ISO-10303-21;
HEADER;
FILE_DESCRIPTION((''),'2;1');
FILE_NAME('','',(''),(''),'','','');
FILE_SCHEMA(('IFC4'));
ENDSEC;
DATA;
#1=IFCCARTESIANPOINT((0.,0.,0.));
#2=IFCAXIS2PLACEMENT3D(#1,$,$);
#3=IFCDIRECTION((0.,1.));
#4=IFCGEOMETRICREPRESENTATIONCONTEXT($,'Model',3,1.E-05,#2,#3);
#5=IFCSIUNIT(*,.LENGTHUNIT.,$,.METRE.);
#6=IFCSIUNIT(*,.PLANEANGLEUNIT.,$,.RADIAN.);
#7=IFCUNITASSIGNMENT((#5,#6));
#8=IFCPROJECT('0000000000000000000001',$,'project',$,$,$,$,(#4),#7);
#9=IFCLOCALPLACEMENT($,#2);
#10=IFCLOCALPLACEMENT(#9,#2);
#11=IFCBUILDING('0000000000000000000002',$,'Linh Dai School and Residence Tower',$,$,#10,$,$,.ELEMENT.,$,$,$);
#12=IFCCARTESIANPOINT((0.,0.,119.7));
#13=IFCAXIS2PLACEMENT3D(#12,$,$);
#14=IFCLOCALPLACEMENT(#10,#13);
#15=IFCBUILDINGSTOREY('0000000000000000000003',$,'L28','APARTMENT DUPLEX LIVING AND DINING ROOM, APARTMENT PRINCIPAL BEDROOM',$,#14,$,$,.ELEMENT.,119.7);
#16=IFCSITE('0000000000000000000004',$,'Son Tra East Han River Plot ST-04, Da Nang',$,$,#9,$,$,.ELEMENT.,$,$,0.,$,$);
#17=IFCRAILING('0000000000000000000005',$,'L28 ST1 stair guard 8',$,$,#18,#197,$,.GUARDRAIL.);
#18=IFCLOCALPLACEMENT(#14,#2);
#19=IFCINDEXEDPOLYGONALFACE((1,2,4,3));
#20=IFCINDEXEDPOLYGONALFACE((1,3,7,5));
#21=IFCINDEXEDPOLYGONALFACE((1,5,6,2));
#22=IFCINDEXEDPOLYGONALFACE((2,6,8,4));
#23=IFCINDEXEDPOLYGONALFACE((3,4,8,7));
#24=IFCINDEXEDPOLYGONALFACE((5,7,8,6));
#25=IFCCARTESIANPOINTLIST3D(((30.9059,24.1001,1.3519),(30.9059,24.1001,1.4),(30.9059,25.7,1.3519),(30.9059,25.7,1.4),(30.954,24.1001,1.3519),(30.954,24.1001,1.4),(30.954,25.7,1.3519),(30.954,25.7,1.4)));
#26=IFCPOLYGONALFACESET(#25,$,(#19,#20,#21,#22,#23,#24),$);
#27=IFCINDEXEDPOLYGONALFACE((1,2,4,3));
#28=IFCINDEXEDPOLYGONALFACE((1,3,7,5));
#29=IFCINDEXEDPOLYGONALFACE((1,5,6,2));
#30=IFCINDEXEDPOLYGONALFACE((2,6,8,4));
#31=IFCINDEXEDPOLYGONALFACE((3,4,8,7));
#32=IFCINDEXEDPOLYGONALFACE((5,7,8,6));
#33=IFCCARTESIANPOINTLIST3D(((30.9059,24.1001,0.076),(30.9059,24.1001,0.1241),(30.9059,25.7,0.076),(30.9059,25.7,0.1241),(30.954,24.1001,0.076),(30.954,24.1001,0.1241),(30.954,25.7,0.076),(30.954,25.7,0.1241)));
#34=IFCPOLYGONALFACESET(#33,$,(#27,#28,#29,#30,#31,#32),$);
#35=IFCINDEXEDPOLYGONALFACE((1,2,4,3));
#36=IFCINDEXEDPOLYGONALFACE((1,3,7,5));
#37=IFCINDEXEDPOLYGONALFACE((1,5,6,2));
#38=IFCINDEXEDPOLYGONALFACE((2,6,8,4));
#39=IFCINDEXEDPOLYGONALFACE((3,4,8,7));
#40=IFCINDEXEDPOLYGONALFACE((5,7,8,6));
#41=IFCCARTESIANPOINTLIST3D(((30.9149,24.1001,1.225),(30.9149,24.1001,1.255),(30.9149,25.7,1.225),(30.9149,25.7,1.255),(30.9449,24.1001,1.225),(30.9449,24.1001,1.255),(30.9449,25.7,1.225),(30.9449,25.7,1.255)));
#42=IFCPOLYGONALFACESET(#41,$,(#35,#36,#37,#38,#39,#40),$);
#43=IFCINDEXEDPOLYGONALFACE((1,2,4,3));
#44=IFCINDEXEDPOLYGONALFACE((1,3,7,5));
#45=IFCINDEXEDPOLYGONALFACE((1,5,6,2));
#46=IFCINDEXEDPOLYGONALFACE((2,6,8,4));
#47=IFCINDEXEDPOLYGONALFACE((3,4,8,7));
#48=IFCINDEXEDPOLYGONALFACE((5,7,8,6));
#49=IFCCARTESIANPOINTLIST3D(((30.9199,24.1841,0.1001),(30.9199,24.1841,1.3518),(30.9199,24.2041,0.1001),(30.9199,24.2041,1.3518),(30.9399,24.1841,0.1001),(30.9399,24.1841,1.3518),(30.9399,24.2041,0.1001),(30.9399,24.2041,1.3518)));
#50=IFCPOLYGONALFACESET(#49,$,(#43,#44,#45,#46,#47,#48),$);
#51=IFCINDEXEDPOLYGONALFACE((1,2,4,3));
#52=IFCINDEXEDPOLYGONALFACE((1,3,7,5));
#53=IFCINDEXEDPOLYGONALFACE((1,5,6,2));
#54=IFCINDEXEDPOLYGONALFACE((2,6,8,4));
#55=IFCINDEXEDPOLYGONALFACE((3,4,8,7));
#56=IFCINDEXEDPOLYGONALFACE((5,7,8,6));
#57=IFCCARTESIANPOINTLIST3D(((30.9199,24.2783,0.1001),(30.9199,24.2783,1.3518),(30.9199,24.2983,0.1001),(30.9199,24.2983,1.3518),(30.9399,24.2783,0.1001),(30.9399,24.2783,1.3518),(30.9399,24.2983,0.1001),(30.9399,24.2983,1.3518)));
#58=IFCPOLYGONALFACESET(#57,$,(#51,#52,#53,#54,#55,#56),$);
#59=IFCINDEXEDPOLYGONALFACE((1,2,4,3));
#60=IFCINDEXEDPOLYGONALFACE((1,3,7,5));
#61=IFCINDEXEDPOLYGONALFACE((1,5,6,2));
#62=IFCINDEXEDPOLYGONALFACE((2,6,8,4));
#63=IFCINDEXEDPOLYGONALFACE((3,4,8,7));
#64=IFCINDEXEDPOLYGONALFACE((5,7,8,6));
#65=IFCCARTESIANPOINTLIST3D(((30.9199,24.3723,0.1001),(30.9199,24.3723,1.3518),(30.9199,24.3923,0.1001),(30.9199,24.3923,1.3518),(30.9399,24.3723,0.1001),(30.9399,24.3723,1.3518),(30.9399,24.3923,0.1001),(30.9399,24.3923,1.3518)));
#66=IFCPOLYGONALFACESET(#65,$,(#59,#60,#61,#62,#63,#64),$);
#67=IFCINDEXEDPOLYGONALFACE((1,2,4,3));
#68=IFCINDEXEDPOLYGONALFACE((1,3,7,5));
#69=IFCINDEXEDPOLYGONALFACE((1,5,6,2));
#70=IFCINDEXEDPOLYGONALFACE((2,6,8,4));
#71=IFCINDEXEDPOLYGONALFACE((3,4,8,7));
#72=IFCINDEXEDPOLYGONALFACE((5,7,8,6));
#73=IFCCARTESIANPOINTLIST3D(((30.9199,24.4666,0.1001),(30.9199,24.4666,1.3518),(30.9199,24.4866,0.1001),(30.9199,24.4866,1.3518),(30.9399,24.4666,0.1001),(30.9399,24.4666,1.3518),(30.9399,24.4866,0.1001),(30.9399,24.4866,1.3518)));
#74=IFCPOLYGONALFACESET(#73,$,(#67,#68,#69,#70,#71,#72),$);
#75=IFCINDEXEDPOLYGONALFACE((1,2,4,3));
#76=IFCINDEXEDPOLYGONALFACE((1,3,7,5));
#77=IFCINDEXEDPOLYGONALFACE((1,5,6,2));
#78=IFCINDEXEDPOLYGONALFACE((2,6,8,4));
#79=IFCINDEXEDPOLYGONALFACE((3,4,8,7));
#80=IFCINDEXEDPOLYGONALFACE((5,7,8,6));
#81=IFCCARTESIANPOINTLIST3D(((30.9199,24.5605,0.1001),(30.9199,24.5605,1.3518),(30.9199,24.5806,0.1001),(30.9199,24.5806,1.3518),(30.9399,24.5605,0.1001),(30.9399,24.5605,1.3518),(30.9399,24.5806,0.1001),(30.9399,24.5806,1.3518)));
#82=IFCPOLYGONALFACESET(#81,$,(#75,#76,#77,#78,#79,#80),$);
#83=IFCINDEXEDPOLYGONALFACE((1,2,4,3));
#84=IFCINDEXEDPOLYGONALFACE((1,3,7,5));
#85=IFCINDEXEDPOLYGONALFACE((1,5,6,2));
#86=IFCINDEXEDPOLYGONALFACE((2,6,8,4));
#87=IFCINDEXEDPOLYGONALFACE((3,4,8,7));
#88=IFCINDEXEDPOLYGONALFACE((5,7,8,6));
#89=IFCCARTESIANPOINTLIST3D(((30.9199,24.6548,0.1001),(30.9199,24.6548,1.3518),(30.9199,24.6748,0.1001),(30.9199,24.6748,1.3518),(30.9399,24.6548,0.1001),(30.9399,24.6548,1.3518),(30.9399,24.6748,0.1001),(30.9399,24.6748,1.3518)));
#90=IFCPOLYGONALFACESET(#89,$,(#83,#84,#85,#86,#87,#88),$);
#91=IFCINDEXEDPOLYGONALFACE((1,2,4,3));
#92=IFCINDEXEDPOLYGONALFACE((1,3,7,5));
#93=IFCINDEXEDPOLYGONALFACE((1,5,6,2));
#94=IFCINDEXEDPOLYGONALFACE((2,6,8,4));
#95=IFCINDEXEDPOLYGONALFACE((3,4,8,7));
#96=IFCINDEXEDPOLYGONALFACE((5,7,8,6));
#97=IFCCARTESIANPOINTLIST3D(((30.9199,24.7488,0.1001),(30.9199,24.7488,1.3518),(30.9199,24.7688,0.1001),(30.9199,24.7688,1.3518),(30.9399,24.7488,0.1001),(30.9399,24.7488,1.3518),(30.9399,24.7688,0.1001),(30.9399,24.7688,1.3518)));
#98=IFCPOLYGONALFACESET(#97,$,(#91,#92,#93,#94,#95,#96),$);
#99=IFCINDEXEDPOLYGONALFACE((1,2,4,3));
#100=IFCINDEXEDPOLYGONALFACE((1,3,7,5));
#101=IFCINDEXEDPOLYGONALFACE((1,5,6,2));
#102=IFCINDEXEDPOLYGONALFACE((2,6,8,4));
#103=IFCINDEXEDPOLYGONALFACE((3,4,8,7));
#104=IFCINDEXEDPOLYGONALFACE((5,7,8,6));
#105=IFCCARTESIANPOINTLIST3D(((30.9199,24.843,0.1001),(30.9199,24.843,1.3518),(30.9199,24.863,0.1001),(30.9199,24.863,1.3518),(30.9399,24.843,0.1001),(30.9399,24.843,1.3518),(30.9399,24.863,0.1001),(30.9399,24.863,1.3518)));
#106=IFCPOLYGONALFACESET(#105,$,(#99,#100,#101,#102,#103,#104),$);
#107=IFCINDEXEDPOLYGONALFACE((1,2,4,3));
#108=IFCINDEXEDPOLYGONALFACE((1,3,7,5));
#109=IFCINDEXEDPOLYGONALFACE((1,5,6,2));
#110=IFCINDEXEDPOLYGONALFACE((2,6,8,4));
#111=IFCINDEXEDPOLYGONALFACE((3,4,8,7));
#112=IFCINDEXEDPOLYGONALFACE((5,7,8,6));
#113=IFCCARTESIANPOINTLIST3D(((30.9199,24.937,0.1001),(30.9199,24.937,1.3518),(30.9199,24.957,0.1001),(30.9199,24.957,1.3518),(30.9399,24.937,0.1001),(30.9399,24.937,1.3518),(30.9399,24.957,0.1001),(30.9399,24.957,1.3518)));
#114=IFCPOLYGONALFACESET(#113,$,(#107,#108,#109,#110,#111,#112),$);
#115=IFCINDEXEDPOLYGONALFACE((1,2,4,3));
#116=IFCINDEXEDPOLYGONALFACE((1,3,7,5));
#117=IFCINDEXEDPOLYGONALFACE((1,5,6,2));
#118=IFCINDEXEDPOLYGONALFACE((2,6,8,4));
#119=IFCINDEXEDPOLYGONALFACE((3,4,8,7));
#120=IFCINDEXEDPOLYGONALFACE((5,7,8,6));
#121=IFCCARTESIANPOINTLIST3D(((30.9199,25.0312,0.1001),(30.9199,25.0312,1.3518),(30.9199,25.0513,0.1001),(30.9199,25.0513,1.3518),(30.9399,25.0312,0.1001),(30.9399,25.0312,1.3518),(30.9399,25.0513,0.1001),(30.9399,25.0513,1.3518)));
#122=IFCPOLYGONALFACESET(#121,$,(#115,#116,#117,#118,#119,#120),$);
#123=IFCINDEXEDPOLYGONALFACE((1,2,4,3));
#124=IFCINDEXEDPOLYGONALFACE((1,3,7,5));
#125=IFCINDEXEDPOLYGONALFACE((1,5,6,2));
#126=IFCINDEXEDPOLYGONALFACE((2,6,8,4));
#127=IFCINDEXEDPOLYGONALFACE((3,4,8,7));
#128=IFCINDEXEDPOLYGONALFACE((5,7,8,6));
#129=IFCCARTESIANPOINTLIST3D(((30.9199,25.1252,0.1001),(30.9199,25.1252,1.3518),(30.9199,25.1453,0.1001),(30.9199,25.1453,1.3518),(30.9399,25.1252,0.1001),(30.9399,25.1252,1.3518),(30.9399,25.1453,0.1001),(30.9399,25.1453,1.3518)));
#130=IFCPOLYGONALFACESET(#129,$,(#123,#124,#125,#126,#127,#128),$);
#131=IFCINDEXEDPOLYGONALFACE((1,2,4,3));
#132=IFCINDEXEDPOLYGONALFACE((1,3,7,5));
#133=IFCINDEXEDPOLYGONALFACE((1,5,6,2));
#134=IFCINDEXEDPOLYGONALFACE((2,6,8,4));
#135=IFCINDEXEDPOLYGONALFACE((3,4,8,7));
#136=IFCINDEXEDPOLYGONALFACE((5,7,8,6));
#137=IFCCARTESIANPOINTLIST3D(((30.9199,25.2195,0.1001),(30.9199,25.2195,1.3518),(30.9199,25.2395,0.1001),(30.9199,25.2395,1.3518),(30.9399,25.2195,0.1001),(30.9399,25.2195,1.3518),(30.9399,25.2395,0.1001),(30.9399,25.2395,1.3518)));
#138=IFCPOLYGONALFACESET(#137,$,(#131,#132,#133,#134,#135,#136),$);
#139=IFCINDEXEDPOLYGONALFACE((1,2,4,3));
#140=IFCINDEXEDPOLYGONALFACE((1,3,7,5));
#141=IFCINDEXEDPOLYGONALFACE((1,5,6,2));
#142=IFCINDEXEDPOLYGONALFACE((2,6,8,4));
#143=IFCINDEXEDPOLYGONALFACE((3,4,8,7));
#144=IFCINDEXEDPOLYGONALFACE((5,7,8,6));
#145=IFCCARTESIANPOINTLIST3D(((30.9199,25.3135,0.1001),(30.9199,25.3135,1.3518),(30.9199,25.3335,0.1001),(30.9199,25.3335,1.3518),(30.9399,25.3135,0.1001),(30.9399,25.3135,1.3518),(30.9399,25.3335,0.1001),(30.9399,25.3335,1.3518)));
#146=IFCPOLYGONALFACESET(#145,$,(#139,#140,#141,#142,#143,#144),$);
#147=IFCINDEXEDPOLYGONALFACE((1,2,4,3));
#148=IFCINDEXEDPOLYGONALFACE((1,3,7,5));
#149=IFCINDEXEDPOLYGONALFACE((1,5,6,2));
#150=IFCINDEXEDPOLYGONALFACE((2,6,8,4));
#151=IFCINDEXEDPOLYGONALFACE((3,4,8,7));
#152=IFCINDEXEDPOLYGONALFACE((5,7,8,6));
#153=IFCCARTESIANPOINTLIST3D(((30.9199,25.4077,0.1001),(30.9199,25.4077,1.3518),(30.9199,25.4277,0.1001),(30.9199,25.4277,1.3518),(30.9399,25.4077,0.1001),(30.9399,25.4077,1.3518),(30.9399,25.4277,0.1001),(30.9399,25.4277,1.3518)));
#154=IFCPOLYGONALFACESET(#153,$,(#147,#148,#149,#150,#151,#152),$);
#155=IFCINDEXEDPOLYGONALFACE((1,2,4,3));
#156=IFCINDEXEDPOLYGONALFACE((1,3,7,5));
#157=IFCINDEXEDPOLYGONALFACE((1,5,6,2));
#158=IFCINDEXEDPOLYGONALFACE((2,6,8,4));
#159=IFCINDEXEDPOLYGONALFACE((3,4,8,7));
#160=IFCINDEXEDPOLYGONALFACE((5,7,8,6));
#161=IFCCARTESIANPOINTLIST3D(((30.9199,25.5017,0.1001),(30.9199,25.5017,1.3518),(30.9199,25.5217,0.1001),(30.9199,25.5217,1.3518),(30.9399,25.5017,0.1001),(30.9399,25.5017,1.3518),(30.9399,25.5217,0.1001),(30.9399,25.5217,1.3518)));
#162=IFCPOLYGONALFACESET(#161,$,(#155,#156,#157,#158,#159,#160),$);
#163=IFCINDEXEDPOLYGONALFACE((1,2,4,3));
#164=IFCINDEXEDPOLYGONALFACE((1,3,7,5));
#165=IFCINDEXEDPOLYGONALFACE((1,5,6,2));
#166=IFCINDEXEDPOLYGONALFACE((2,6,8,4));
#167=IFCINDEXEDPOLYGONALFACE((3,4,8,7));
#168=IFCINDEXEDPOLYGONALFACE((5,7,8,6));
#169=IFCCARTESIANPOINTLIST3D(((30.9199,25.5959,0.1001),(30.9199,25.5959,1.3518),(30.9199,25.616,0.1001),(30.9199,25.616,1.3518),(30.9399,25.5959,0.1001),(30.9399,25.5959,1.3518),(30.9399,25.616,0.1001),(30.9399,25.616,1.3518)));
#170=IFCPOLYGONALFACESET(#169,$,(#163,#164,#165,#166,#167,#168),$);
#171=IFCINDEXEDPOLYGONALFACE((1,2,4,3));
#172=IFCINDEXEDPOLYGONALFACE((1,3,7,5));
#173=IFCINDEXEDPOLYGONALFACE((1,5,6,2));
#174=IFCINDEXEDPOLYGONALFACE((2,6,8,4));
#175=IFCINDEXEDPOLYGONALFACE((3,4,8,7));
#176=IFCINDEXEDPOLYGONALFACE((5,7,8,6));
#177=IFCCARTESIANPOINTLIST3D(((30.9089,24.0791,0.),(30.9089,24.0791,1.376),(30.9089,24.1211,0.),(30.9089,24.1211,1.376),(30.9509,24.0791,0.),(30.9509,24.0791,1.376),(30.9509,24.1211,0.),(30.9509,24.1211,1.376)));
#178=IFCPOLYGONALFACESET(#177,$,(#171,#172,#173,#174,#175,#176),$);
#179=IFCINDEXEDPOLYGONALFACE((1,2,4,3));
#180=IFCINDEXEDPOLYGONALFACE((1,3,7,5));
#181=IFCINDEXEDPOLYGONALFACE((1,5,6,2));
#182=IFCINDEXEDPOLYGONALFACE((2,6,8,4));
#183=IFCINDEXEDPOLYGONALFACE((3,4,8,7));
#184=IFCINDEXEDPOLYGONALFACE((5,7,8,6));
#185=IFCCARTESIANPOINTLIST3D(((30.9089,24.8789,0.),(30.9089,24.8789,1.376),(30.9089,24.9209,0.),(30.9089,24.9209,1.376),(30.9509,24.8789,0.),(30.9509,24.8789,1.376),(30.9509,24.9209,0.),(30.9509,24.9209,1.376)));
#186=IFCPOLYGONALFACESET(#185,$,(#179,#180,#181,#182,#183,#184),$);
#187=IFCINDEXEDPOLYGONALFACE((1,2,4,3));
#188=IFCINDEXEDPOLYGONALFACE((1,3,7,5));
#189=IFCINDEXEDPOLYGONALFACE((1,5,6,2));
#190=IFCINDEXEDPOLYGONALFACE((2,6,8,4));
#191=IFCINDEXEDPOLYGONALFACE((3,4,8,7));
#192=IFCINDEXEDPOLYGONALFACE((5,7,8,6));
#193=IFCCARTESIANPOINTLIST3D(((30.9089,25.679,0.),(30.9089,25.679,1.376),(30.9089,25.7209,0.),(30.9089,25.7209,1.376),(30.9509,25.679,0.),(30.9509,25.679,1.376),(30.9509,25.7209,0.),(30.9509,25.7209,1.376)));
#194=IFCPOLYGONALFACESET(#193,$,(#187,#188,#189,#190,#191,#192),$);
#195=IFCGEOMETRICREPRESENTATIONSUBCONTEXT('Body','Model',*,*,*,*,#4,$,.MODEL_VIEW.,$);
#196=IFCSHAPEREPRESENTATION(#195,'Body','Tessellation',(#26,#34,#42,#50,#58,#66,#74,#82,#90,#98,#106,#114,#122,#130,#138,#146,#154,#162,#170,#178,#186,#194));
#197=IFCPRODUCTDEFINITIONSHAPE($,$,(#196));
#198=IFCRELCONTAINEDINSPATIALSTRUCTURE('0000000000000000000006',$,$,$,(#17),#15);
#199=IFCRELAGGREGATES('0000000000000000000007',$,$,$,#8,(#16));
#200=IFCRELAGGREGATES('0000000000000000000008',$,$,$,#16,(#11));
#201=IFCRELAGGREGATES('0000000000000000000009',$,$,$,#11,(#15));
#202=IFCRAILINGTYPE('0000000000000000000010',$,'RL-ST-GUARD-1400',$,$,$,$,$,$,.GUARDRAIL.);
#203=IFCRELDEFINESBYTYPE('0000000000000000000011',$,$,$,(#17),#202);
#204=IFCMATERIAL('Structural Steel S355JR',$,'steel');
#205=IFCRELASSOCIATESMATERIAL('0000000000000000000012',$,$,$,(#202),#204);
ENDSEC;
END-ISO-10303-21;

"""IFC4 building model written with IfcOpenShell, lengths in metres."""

from ifc_helpers import new_model, si_unit, direction, frame, origin, origin_2d, place, context, subcontext, project, spatial, rectangle, extrude, source, transform, mapped, material, type_object, element, save


model = new_model("IFC4")

# Units and contexts
model_context = context("Model", 3, precision=1e-05, world=origin(), true_north=direction((0.0, 1.0)))
body_context = subcontext(model_context, "Body", "Model", "MODEL_VIEW")
ifc_project = project(units=[si_unit("LENGTHUNIT", "METRE"), si_unit("PLANEANGLEUNIT", "RADIAN")], contexts=[model_context])

# Site, building, storey
site_placement = place(None, origin())
site = spatial("IfcSite", under=ifc_project, at=site_placement, Name="Son Tra East Han River Plot ST-04, Da Nang", CompositionType="ELEMENT", RefElevation=0.0)
building_placement = place(site_placement, origin())
building = spatial("IfcBuilding", under=site, at=building_placement, Name="Linh Dai School and Residence Tower", CompositionType="ELEMENT")
storey_placement = place(building_placement, frame((0.0, 0.0, 119.7)))
storey = spatial("IfcBuildingStorey", under=building, at=storey_placement, Name="L28", Description="APARTMENT DUPLEX LIVING AND DINING ROOM, APARTMENT PRINCIPAL BEDROOM", CompositionType="ELEMENT", Elevation=119.7)

# Shared definitions
ifc_material_1 = material(Name="Structural Steel S355JR", Category="steel")

# Railing
railing_type = type_object("IfcRailingType", Name="RL-ST-GUARD-1400", PredefinedType="GUARDRAIL", material=ifc_material_1)
shared_shape_1 = source(origin(), body_context, "Body", "SweptSolid", [
    extrude(rectangle(XDim=0.0481, YDim=0.0481, at=origin_2d()), frame((0.0, 0.0, 1.376), z_axis=(0.0, 1.0, 0.0), x_axis=(-1.0, 0.0, 0.0)), (0.0, 0.0, 1.0), 1.5999),
    extrude(rectangle(XDim=0.0481, YDim=0.0481, at=origin_2d()), frame((0.0, 0.0, 0.1001), z_axis=(0.0, 1.0, 0.0), x_axis=(-1.0, 0.0, 0.0)), (0.0, 0.0, 1.0), 1.5999),
    extrude(rectangle(XDim=0.03, YDim=0.03, at=origin_2d()), frame((0.0, 0.0, 1.24), z_axis=(0.0, 1.0, 0.0), x_axis=(-1.0, 0.0, 0.0)), (0.0, 0.0, 1.0), 1.5999),
    extrude(rectangle(XDim=0.02, YDim=0.02, at=origin_2d()), frame((0.0, 0.094, 0.1001)), (0.0, 0.0, 1.0), 1.2517),
    extrude(rectangle(XDim=0.02, YDim=0.02, at=origin_2d()), frame((0.0, 0.1882, 0.1001)), (0.0, 0.0, 1.0), 1.2517),
    extrude(rectangle(XDim=0.02, YDim=0.02, at=origin_2d()), frame((0.0, 0.2822, 0.1001)), (0.0, 0.0, 1.0), 1.2517),
    extrude(rectangle(XDim=0.02, YDim=0.02, at=origin_2d()), frame((0.0, 0.3765, 0.1001)), (0.0, 0.0, 1.0), 1.2517),
    extrude(rectangle(XDim=0.02, YDim=0.02, at=origin_2d()), frame((0.0, 0.4705, 0.1001)), (0.0, 0.0, 1.0), 1.2517),
    extrude(rectangle(XDim=0.02, YDim=0.02, at=origin_2d()), frame((0.0, 0.5647, 0.1001)), (0.0, 0.0, 1.0), 1.2517),
    extrude(rectangle(XDim=0.02, YDim=0.02, at=origin_2d()), frame((0.0, 0.6587, 0.1001)), (0.0, 0.0, 1.0), 1.2517),
    extrude(rectangle(XDim=0.02, YDim=0.02, at=origin_2d()), frame((0.0, 0.7529, 0.1001)), (0.0, 0.0, 1.0), 1.2517),
    extrude(rectangle(XDim=0.02, YDim=0.02, at=origin_2d()), frame((0.0, 0.8469, 0.1001)), (0.0, 0.0, 1.0), 1.2517),
    extrude(rectangle(XDim=0.02, YDim=0.02, at=origin_2d()), frame((0.0, 0.9412, 0.1001)), (0.0, 0.0, 1.0), 1.2517),
    extrude(rectangle(XDim=0.02, YDim=0.02, at=origin_2d()), frame((0.0, 1.0352, 0.1001)), (0.0, 0.0, 1.0), 1.2517),
    extrude(rectangle(XDim=0.02, YDim=0.02, at=origin_2d()), frame((0.0, 1.1294, 0.1001)), (0.0, 0.0, 1.0), 1.2517),
    extrude(rectangle(XDim=0.02, YDim=0.02, at=origin_2d()), frame((0.0, 1.2234, 0.1001)), (0.0, 0.0, 1.0), 1.2517),
    extrude(rectangle(XDim=0.02, YDim=0.02, at=origin_2d()), frame((0.0, 1.3176, 0.1001)), (0.0, 0.0, 1.0), 1.2517),
    extrude(rectangle(XDim=0.02, YDim=0.02, at=origin_2d()), frame((0.0, 1.4116, 0.1001)), (0.0, 0.0, 1.0), 1.2517),
    extrude(rectangle(XDim=0.02, YDim=0.02, at=origin_2d()), frame((0.0, 1.5059, 0.1001)), (0.0, 0.0, 1.0), 1.2517),
    extrude(rectangle(XDim=0.042, YDim=0.042, at=origin_2d()), origin(), (0.0, 0.0, 1.0), 1.376),
    extrude(rectangle(XDim=0.042, YDim=0.042, at=origin_2d()), frame((0.0, 0.7998, 0.0)), (0.0, 0.0, 1.0), 1.376),
    extrude(rectangle(XDim=0.042, YDim=0.042, at=origin_2d()), frame((0.0, 1.5999, 0.0)), (0.0, 0.0, 1.0), 1.376),
])
for number, where, name in (
    (1, (30.9299, 24.1001, 0.0), "L28 ST1 stair guard 8"),
):
    element("IfcRailing", number, at=place(storey_placement, frame(where)), inside=storey, type_object=railing_type, Name=name, PredefinedType="GUARDRAIL", context=body_context, shape_type="MappedRepresentation", body=[
        mapped(shared_shape_1, transform((0.0, 0.0, 0.0), x_axis=(1.0, 0.0, 0.0), y_axis=(0.0, 1.0, 0.0), z_axis=(0.0, 0.0, 1.0), scale=1.0)),
    ])

save(model, "model.ifc")
